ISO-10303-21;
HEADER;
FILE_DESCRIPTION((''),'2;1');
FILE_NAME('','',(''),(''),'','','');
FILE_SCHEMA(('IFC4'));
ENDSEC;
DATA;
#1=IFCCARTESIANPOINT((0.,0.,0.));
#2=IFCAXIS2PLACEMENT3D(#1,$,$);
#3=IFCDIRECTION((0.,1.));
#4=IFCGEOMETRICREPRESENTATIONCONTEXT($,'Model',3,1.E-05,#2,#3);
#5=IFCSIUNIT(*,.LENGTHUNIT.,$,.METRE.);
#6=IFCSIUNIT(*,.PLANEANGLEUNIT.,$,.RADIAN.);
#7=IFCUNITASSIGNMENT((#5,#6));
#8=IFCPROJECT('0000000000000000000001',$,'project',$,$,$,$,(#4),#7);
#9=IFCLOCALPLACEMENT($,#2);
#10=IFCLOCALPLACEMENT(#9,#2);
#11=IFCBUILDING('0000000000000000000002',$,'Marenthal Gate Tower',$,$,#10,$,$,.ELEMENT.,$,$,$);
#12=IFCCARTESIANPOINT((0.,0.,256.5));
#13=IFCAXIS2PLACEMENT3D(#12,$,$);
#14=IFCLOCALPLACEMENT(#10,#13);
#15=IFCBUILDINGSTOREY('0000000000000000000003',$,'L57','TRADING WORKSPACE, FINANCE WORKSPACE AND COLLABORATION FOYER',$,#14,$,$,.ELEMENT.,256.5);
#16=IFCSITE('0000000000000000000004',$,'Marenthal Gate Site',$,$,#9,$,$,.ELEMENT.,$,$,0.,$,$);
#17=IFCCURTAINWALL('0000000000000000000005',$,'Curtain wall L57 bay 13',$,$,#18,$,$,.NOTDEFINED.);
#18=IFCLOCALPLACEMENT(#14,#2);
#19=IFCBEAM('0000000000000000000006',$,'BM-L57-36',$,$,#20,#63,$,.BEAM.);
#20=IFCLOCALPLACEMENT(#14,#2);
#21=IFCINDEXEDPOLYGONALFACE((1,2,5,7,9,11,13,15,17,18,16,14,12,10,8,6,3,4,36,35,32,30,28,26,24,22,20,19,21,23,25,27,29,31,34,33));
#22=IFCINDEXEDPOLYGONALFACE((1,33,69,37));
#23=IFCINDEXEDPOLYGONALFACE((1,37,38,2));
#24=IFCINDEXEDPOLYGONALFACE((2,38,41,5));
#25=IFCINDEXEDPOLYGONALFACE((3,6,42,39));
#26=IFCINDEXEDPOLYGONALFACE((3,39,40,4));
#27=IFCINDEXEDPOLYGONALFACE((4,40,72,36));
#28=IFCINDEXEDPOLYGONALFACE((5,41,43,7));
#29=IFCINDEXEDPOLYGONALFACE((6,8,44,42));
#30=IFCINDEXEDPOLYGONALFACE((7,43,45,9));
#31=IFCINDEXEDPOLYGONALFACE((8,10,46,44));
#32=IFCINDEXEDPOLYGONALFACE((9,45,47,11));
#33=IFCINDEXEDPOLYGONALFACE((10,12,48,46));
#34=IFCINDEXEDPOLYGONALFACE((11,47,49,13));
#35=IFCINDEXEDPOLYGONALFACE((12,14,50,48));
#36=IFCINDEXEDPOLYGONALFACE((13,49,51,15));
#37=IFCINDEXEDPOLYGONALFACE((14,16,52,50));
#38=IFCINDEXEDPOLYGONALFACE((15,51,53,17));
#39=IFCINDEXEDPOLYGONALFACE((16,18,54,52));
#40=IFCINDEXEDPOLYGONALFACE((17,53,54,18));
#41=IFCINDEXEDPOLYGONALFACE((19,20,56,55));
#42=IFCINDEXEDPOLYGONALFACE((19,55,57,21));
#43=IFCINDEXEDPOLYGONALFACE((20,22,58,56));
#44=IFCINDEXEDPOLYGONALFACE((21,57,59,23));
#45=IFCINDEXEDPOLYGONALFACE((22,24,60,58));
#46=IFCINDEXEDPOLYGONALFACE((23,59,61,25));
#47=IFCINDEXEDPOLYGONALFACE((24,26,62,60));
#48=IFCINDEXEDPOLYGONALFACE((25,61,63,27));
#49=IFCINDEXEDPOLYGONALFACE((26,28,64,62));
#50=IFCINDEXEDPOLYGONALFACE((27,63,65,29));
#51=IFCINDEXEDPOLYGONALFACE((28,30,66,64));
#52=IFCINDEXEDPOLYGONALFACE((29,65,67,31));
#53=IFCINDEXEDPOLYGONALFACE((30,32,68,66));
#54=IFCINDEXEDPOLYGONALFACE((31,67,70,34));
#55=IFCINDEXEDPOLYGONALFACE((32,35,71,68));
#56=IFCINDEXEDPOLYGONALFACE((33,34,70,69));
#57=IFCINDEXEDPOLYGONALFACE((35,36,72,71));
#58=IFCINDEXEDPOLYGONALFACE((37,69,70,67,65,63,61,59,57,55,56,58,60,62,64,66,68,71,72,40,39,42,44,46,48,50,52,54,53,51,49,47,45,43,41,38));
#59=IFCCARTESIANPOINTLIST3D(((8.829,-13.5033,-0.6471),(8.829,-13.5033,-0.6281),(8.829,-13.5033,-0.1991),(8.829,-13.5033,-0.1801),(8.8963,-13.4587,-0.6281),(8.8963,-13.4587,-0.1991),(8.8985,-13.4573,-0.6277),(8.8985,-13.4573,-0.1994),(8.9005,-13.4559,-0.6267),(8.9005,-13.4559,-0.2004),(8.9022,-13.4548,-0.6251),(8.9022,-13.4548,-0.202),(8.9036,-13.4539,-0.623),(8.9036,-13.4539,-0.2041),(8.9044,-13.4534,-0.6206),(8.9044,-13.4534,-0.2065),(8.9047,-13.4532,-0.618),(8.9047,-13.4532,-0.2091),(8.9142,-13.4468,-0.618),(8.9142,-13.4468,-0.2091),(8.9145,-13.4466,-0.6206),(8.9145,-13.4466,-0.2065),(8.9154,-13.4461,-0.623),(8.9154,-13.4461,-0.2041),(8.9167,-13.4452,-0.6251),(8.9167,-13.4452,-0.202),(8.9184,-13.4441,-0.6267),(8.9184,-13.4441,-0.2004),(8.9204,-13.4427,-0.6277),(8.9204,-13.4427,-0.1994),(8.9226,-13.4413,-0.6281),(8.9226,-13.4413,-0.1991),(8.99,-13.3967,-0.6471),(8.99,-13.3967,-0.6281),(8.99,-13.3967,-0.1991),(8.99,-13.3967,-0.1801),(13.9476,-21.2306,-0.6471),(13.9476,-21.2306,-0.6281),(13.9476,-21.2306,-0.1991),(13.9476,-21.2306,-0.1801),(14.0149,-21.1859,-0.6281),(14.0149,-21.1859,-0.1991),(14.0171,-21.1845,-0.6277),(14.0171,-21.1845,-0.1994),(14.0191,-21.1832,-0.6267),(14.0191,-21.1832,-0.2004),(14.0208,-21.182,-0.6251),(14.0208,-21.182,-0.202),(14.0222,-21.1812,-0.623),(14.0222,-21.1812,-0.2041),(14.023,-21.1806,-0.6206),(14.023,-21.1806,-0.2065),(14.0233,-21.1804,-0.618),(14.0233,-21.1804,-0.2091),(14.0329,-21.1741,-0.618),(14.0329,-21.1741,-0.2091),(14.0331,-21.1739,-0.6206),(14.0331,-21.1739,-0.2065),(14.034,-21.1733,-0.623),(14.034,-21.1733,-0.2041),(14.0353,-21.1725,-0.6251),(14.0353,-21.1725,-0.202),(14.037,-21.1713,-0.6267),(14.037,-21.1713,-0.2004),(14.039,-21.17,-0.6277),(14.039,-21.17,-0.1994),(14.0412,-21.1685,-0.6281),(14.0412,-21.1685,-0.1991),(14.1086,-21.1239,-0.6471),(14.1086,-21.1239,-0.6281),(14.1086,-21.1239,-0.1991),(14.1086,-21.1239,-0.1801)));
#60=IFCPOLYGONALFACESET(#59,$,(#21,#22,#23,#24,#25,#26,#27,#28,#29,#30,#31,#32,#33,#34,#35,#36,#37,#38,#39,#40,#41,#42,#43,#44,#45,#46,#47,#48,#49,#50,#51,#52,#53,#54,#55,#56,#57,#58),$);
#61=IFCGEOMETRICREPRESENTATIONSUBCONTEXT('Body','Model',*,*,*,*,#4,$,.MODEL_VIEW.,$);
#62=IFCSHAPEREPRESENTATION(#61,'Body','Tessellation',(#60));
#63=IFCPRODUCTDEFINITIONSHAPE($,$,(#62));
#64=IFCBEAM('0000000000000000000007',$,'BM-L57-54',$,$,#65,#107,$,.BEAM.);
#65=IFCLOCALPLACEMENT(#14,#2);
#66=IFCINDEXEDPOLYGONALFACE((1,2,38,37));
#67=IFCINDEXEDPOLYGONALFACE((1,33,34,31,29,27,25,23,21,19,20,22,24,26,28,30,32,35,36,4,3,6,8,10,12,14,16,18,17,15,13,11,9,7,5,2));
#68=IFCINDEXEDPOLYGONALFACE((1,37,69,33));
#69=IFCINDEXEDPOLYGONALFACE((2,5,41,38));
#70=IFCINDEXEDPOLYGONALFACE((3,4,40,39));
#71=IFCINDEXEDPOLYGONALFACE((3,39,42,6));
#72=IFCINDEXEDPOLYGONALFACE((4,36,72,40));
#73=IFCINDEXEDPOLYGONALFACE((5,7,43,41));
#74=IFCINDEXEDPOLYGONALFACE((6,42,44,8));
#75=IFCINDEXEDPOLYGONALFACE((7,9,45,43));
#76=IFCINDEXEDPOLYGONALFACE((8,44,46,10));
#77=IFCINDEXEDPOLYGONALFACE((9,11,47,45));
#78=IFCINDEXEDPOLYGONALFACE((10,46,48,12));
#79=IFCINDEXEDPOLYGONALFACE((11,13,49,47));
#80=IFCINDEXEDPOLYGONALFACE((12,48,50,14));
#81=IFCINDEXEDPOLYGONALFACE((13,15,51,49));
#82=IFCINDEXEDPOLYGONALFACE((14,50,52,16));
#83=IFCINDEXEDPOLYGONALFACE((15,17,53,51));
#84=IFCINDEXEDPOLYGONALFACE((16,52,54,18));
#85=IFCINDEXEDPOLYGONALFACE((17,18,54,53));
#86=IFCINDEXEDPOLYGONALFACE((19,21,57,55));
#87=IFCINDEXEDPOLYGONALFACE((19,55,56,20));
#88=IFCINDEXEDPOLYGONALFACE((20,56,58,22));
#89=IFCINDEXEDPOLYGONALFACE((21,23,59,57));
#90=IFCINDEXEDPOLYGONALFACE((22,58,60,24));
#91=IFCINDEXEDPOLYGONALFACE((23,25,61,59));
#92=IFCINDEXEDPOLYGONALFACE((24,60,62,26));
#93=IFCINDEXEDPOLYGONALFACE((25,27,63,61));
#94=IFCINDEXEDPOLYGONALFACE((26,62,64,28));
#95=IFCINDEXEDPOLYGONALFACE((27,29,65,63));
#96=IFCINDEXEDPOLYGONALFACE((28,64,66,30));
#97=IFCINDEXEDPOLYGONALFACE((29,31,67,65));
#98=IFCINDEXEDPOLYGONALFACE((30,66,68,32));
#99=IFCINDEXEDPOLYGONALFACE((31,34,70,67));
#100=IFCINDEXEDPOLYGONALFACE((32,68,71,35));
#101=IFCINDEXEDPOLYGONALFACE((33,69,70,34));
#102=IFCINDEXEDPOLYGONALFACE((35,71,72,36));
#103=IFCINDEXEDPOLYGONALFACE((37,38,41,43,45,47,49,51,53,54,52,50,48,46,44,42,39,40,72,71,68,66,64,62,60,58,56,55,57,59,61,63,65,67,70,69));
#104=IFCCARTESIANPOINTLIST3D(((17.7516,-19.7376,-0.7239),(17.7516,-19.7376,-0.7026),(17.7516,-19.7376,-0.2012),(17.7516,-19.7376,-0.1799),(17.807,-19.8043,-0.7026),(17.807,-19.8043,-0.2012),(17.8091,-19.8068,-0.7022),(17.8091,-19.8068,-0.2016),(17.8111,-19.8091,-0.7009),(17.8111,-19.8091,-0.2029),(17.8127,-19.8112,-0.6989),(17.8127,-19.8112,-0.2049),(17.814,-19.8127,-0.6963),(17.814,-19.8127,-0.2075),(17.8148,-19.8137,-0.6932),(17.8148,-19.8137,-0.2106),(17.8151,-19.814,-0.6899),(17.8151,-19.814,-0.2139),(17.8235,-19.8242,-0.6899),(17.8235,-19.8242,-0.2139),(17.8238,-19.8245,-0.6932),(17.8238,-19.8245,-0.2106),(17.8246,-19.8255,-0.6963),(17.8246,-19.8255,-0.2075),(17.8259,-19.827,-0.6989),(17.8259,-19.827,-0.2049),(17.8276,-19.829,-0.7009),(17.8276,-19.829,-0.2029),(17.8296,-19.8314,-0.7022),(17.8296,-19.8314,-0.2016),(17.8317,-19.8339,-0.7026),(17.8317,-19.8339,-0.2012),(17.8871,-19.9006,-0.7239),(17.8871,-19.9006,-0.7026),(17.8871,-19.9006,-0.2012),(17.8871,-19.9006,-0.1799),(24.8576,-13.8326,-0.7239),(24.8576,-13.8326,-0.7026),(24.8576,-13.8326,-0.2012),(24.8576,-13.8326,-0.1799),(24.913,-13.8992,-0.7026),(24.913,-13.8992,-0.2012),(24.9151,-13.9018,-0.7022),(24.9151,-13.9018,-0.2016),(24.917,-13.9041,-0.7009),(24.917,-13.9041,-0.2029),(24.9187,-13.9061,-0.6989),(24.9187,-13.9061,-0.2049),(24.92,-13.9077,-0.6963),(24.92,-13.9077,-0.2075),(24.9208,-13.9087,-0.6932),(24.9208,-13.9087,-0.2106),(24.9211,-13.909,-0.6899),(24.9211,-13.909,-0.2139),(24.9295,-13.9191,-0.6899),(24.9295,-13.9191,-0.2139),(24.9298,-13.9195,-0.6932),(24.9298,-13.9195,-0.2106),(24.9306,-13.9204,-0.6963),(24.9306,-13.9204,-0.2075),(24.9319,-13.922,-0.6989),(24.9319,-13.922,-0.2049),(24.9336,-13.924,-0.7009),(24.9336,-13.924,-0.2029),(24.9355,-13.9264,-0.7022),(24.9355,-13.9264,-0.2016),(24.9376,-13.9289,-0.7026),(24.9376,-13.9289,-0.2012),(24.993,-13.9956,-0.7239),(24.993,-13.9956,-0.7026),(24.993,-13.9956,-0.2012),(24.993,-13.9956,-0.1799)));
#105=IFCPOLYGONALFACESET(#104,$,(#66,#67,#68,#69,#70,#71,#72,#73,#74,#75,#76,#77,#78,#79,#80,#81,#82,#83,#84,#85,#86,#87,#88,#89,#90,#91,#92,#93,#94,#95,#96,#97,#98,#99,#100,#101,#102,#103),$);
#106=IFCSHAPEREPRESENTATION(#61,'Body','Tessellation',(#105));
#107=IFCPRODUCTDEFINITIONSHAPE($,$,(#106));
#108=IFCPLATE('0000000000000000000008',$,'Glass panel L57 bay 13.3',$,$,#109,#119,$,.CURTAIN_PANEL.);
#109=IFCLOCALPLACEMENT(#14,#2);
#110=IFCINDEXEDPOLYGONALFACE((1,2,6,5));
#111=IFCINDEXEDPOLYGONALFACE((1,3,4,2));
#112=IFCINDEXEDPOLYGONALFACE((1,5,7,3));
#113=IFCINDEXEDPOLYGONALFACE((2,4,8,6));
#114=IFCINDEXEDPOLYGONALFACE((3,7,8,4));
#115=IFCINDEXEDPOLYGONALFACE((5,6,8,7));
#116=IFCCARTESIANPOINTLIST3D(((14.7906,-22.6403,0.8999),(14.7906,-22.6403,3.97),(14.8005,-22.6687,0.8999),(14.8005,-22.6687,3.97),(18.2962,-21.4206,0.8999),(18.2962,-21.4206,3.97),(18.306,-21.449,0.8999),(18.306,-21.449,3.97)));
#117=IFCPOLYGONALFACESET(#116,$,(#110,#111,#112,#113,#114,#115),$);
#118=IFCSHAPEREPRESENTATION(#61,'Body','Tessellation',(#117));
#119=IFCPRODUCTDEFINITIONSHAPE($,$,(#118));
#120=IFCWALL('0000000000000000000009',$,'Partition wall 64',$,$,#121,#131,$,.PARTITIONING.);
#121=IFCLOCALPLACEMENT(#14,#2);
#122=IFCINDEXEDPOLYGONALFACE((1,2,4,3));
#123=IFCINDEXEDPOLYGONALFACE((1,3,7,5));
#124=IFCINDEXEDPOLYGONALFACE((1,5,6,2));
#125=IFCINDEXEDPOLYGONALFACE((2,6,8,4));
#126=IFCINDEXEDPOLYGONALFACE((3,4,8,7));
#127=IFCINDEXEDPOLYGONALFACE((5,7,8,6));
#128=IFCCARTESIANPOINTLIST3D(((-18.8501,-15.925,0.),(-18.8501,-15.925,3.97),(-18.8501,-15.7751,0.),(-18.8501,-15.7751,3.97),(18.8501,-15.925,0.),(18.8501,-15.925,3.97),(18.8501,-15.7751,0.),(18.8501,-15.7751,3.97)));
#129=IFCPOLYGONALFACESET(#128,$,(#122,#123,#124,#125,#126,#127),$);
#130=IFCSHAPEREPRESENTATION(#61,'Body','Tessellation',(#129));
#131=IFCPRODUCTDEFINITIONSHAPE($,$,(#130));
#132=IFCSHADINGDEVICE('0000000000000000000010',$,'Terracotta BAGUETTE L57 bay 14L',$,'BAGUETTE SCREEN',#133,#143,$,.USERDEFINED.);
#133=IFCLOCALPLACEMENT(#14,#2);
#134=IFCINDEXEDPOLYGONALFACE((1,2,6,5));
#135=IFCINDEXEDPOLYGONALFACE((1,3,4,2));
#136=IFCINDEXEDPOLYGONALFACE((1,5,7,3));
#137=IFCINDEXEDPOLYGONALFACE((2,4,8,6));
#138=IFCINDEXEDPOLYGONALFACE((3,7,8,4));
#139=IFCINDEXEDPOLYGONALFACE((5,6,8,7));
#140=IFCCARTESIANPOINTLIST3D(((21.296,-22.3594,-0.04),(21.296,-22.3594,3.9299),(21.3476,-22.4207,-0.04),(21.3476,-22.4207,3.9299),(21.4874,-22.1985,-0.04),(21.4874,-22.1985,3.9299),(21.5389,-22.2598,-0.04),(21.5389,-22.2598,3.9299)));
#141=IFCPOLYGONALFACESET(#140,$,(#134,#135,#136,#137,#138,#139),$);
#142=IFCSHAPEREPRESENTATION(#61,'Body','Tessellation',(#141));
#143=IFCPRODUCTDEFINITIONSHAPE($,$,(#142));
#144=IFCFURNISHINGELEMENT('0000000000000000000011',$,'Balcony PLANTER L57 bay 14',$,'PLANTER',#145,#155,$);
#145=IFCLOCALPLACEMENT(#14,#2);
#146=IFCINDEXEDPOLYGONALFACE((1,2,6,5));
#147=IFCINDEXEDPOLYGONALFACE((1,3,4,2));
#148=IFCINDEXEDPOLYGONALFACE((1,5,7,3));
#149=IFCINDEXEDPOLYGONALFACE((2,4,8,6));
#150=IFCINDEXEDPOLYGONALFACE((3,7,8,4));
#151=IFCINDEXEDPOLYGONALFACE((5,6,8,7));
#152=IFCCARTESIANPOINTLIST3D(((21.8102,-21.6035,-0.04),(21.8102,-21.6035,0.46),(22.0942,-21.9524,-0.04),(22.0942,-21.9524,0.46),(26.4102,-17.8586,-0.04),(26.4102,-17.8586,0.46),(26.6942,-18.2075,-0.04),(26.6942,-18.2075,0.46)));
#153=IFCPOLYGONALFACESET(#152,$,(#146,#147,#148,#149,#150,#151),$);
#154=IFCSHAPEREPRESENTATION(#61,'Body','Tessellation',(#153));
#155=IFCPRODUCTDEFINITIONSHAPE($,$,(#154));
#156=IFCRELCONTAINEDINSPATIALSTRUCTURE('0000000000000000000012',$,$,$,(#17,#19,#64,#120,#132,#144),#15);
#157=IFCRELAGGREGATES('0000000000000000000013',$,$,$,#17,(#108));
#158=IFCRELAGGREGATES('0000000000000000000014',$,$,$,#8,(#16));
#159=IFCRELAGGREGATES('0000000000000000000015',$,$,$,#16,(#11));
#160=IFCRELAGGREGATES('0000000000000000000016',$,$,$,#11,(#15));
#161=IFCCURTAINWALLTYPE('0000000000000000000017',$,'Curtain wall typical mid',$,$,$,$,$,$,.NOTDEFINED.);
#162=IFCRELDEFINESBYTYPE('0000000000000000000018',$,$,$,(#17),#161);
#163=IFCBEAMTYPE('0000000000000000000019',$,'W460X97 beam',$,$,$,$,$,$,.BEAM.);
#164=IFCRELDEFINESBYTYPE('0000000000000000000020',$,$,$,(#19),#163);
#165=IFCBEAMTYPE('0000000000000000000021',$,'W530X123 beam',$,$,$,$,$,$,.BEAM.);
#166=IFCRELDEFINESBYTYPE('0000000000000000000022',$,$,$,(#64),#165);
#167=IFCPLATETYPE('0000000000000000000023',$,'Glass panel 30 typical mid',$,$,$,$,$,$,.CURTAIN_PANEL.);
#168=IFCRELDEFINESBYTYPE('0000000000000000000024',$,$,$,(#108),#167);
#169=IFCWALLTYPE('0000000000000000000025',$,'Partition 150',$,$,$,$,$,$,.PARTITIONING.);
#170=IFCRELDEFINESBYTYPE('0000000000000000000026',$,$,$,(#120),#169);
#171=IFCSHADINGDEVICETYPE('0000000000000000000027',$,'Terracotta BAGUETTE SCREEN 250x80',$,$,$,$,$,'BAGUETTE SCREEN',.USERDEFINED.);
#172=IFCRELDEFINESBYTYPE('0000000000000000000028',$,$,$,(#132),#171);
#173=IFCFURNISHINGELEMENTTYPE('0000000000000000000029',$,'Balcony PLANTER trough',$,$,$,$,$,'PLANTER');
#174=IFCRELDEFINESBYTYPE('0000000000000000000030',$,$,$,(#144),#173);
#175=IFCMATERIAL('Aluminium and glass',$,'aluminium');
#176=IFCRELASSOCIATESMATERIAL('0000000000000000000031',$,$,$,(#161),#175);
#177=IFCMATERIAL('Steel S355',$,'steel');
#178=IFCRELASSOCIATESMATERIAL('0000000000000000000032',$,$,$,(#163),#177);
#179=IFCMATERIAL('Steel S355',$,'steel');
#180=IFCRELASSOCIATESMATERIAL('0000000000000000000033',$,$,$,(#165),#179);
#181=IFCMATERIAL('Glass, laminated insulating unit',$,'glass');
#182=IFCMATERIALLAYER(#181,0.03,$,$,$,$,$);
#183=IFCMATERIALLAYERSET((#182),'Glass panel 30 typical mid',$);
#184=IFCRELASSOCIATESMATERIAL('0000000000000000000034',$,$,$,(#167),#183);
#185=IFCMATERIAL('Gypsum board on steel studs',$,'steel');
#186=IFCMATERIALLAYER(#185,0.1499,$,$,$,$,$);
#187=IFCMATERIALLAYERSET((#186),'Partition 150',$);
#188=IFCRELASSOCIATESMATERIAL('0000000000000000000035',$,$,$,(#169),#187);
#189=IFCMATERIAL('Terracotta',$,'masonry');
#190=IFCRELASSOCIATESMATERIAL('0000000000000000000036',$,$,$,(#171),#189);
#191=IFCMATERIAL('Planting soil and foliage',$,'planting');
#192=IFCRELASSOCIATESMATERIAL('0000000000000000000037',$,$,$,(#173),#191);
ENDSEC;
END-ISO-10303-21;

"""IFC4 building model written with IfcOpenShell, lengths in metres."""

from ifc_helpers import new_model, si_unit, direction, frame, frame_2d, origin, origin_2d, place, context, subcontext, project, spatial, rectangle, i_section, extrude, material, layer, layer_set, material_profile, profile_set, type_object, element, aggregate, save


model = new_model("IFC4")

# Units and contexts
model_context = context("Model", 3, precision=1e-05, world=origin(), true_north=direction((0.0, 1.0)))
body_context = subcontext(model_context, "Body", "Model", "MODEL_VIEW")
ifc_project = project(units=[si_unit("LENGTHUNIT", "METRE"), si_unit("PLANEANGLEUNIT", "RADIAN")], contexts=[model_context])

# Site, building, storey
site_placement = place(None, origin())
site = spatial("IfcSite", under=ifc_project, at=site_placement, Name="Marenthal Gate Site", CompositionType="ELEMENT", RefElevation=0.0)
building_placement = place(site_placement, origin())
building = spatial("IfcBuilding", under=site, at=building_placement, Name="Marenthal Gate Tower", CompositionType="ELEMENT")
storey_placement = place(building_placement, frame((0.0, 0.0, 256.5)))
storey = spatial("IfcBuildingStorey", under=building, at=storey_placement, Name="L57", Description="TRADING WORKSPACE, FINANCE WORKSPACE AND COLLABORATION FOYER", CompositionType="ELEMENT", Elevation=256.5)

# Curtain wall
ifc_material_1 = material(Name="Aluminium and glass", Category="aluminium")
curtain_wall_type = type_object("IfcCurtainWallType", Name="Curtain wall typical mid", PredefinedType="NOTDEFINED", material=ifc_material_1)
curtain_wall_1_placement = place(storey_placement, origin())
curtain_wall_1 = element("IfcCurtainWall", 1, at=curtain_wall_1_placement, inside=storey, type_object=curtain_wall_type, Name="Curtain wall L57 bay 13", PredefinedType="NOTDEFINED")

# Beams
ifc_material_2 = material(Name="Steel S355", Category="steel")
ifc_material_profile_1 = material_profile(ifc_material_2, i_section(OverallWidth=0.1931, OverallDepth=0.467, WebThickness=0.0115, FlangeThickness=0.019, FilletRadius=0.01, at=origin_2d()), Name="W460X97")
ifc_profile_set_1 = profile_set([ifc_material_profile_1], Name="Steel S355")
beam_type_1 = type_object("IfcBeamType", Name="W460X97 beam", PredefinedType="BEAM", material=ifc_profile_set_1)
beam_1_placement = place(storey_placement, frame((14.0281, -21.1772, -0.4136), z_axis=(-0.552242, 0.833684, 0.0), x_axis=(-0.833684, -0.552242, 0.0)))
element("IfcBeam", 2, at=beam_1_placement, inside=storey, type_object=beam_type_1, Name="BM-L57-36", PredefinedType="BEAM", context=body_context, shape_type="SweptSolid", body=[
    extrude(i_section(OverallWidth=0.1931, OverallDepth=0.467, WebThickness=0.0115, FlangeThickness=0.019, FilletRadius=0.01, at=origin_2d()), origin(), (0.0, 0.0, 1.0), 9.2688),
])
ifc_material_3 = material(Name="Steel S355", Category="steel")
ifc_material_profile_2 = material_profile(ifc_material_3, i_section(OverallWidth=0.2119, OverallDepth=0.5439, WebThickness=0.0132, FlangeThickness=0.0212, FilletRadius=0.0127, at=origin_2d()), Name="W530X123")
ifc_profile_set_2 = profile_set([ifc_material_profile_2], Name="Steel S355")
beam_type_2 = type_object("IfcBeamType", Name="W530X123 beam", PredefinedType="BEAM", material=ifc_profile_set_2)
beam_2_placement = place(storey_placement, frame((17.8193, -19.8191, -0.4519), z_axis=(0.769104, 0.639123, 0.0), x_axis=(-0.639123, 0.769104, 0.0)))
element("IfcBeam", 3, at=beam_2_placement, inside=storey, type_object=beam_type_2, Name="BM-L57-54", PredefinedType="BEAM", context=body_context, shape_type="SweptSolid", body=[
    extrude(i_section(OverallWidth=0.2119, OverallDepth=0.5439, WebThickness=0.0132, FlangeThickness=0.0212, FilletRadius=0.0127, at=origin_2d()), origin(), (0.0, 0.0, 1.0), 9.2393),
])

# Plate
ifc_material_4 = material(Name="Glass, laminated insulating unit", Category="glass")
ifc_layer_1 = layer(ifc_material_4, 0.03)
ifc_layer_set_1 = layer_set([ifc_layer_1], Name="Glass panel 30 typical mid")
plate_type = type_object("IfcPlateType", Name="Glass panel 30 typical mid", PredefinedType="CURTAIN_PANEL", material=ifc_layer_set_1)
plate_placement = place(storey_placement, frame((16.5483, -22.0447, 0.8999), z_axis=(0.0, 0.0, 1.0), x_axis=(0.944465, 0.328612, 0.0)))
plate = element("IfcPlate", 4, at=plate_placement, type_object=plate_type, Name="Glass panel L57 bay 13.3", PredefinedType="CURTAIN_PANEL", context=body_context, shape_type="SweptSolid", body=[
    extrude(rectangle(XDim=3.7117, YDim=0.03, at=origin_2d()), origin(), (0.0, 0.0, 1.0), 3.0701),
])
aggregate(curtain_wall_1, [plate])

# Wall
ifc_material_5 = material(Name="Gypsum board on steel studs", Category="steel")
ifc_layer_2 = layer(ifc_material_5, 0.1499)
ifc_layer_set_2 = layer_set([ifc_layer_2], Name="Partition 150")
wall_type_1 = type_object("IfcWallType", Name="Partition 150", PredefinedType="PARTITIONING", material=ifc_layer_set_2)
wall_1_placement = place(storey_placement, frame((18.8501, -15.8501, 0.0), z_axis=(0.0, 0.0, 1.0), x_axis=(-1.0, 0.0, 0.0)))
element("IfcWall", 5, at=wall_1_placement, inside=storey, type_object=wall_type_1, Name="Partition wall 64", PredefinedType="PARTITIONING", context=body_context, shape_type="SweptSolid", body=[
    extrude(rectangle(XDim=37.7002, YDim=0.1499, at=frame_2d((18.8501, 0.0))), origin(), (0.0, 0.0, 1.0), 3.97),
])

# Shading device
ifc_material_6 = material(Name="Terracotta", Category="masonry")
ifc_material_profile_3 = material_profile(ifc_material_6, rectangle(XDim=0.25, YDim=0.0801, at=origin_2d()), Name="Terracotta baguette 250x80")
ifc_profile_set_3 = profile_set([ifc_material_profile_3], Name="Terracotta")
shading_device_type = type_object("IfcShadingDeviceType", Name="Terracotta BAGUETTE SCREEN 250x80", ElementType="BAGUETTE SCREEN", PredefinedType="USERDEFINED", material=ifc_profile_set_3)
shading_device_placement = place(storey_placement, frame((21.4175, -22.3096, -0.04), z_axis=(0.0, 0.0, 1.0), x_axis=(0.765398, 0.643557, 0.0)))
element("IfcShadingDevice", 6, at=shading_device_placement, inside=storey, type_object=shading_device_type, Name="Terracotta BAGUETTE L57 bay 14L", ObjectType="BAGUETTE SCREEN", PredefinedType="USERDEFINED", context=body_context, shape_type="SweptSolid", body=[
    extrude(rectangle(XDim=0.25, YDim=0.0801, at=origin_2d()), origin(), (0.0, 0.0, 1.0), 3.97),
])

# Furnishing element
ifc_material_7 = material(Name="Planting soil and foliage", Category="planting")
furnishing_element_type = type_object("IfcFurnishingElementType", Name="Balcony PLANTER trough", ElementType="PLANTER", material=ifc_material_7)
furnishing_placement = place(storey_placement, frame((24.2522, -19.9055, -0.04), z_axis=(0.0, 0.0, 1.0), x_axis=(0.775505, 0.631342, 0.0)))
element("IfcFurnishingElement", 7, at=furnishing_placement, inside=storey, type_object=furnishing_element_type, Name="Balcony PLANTER L57 bay 14", ObjectType="PLANTER", context=body_context, shape_type="SweptSolid", body=[
    extrude(rectangle(XDim=5.9316, YDim=0.45, at=origin_2d()), origin(), (0.0, 0.0, 1.0), 0.5),
])

save(model, "model.ifc")
